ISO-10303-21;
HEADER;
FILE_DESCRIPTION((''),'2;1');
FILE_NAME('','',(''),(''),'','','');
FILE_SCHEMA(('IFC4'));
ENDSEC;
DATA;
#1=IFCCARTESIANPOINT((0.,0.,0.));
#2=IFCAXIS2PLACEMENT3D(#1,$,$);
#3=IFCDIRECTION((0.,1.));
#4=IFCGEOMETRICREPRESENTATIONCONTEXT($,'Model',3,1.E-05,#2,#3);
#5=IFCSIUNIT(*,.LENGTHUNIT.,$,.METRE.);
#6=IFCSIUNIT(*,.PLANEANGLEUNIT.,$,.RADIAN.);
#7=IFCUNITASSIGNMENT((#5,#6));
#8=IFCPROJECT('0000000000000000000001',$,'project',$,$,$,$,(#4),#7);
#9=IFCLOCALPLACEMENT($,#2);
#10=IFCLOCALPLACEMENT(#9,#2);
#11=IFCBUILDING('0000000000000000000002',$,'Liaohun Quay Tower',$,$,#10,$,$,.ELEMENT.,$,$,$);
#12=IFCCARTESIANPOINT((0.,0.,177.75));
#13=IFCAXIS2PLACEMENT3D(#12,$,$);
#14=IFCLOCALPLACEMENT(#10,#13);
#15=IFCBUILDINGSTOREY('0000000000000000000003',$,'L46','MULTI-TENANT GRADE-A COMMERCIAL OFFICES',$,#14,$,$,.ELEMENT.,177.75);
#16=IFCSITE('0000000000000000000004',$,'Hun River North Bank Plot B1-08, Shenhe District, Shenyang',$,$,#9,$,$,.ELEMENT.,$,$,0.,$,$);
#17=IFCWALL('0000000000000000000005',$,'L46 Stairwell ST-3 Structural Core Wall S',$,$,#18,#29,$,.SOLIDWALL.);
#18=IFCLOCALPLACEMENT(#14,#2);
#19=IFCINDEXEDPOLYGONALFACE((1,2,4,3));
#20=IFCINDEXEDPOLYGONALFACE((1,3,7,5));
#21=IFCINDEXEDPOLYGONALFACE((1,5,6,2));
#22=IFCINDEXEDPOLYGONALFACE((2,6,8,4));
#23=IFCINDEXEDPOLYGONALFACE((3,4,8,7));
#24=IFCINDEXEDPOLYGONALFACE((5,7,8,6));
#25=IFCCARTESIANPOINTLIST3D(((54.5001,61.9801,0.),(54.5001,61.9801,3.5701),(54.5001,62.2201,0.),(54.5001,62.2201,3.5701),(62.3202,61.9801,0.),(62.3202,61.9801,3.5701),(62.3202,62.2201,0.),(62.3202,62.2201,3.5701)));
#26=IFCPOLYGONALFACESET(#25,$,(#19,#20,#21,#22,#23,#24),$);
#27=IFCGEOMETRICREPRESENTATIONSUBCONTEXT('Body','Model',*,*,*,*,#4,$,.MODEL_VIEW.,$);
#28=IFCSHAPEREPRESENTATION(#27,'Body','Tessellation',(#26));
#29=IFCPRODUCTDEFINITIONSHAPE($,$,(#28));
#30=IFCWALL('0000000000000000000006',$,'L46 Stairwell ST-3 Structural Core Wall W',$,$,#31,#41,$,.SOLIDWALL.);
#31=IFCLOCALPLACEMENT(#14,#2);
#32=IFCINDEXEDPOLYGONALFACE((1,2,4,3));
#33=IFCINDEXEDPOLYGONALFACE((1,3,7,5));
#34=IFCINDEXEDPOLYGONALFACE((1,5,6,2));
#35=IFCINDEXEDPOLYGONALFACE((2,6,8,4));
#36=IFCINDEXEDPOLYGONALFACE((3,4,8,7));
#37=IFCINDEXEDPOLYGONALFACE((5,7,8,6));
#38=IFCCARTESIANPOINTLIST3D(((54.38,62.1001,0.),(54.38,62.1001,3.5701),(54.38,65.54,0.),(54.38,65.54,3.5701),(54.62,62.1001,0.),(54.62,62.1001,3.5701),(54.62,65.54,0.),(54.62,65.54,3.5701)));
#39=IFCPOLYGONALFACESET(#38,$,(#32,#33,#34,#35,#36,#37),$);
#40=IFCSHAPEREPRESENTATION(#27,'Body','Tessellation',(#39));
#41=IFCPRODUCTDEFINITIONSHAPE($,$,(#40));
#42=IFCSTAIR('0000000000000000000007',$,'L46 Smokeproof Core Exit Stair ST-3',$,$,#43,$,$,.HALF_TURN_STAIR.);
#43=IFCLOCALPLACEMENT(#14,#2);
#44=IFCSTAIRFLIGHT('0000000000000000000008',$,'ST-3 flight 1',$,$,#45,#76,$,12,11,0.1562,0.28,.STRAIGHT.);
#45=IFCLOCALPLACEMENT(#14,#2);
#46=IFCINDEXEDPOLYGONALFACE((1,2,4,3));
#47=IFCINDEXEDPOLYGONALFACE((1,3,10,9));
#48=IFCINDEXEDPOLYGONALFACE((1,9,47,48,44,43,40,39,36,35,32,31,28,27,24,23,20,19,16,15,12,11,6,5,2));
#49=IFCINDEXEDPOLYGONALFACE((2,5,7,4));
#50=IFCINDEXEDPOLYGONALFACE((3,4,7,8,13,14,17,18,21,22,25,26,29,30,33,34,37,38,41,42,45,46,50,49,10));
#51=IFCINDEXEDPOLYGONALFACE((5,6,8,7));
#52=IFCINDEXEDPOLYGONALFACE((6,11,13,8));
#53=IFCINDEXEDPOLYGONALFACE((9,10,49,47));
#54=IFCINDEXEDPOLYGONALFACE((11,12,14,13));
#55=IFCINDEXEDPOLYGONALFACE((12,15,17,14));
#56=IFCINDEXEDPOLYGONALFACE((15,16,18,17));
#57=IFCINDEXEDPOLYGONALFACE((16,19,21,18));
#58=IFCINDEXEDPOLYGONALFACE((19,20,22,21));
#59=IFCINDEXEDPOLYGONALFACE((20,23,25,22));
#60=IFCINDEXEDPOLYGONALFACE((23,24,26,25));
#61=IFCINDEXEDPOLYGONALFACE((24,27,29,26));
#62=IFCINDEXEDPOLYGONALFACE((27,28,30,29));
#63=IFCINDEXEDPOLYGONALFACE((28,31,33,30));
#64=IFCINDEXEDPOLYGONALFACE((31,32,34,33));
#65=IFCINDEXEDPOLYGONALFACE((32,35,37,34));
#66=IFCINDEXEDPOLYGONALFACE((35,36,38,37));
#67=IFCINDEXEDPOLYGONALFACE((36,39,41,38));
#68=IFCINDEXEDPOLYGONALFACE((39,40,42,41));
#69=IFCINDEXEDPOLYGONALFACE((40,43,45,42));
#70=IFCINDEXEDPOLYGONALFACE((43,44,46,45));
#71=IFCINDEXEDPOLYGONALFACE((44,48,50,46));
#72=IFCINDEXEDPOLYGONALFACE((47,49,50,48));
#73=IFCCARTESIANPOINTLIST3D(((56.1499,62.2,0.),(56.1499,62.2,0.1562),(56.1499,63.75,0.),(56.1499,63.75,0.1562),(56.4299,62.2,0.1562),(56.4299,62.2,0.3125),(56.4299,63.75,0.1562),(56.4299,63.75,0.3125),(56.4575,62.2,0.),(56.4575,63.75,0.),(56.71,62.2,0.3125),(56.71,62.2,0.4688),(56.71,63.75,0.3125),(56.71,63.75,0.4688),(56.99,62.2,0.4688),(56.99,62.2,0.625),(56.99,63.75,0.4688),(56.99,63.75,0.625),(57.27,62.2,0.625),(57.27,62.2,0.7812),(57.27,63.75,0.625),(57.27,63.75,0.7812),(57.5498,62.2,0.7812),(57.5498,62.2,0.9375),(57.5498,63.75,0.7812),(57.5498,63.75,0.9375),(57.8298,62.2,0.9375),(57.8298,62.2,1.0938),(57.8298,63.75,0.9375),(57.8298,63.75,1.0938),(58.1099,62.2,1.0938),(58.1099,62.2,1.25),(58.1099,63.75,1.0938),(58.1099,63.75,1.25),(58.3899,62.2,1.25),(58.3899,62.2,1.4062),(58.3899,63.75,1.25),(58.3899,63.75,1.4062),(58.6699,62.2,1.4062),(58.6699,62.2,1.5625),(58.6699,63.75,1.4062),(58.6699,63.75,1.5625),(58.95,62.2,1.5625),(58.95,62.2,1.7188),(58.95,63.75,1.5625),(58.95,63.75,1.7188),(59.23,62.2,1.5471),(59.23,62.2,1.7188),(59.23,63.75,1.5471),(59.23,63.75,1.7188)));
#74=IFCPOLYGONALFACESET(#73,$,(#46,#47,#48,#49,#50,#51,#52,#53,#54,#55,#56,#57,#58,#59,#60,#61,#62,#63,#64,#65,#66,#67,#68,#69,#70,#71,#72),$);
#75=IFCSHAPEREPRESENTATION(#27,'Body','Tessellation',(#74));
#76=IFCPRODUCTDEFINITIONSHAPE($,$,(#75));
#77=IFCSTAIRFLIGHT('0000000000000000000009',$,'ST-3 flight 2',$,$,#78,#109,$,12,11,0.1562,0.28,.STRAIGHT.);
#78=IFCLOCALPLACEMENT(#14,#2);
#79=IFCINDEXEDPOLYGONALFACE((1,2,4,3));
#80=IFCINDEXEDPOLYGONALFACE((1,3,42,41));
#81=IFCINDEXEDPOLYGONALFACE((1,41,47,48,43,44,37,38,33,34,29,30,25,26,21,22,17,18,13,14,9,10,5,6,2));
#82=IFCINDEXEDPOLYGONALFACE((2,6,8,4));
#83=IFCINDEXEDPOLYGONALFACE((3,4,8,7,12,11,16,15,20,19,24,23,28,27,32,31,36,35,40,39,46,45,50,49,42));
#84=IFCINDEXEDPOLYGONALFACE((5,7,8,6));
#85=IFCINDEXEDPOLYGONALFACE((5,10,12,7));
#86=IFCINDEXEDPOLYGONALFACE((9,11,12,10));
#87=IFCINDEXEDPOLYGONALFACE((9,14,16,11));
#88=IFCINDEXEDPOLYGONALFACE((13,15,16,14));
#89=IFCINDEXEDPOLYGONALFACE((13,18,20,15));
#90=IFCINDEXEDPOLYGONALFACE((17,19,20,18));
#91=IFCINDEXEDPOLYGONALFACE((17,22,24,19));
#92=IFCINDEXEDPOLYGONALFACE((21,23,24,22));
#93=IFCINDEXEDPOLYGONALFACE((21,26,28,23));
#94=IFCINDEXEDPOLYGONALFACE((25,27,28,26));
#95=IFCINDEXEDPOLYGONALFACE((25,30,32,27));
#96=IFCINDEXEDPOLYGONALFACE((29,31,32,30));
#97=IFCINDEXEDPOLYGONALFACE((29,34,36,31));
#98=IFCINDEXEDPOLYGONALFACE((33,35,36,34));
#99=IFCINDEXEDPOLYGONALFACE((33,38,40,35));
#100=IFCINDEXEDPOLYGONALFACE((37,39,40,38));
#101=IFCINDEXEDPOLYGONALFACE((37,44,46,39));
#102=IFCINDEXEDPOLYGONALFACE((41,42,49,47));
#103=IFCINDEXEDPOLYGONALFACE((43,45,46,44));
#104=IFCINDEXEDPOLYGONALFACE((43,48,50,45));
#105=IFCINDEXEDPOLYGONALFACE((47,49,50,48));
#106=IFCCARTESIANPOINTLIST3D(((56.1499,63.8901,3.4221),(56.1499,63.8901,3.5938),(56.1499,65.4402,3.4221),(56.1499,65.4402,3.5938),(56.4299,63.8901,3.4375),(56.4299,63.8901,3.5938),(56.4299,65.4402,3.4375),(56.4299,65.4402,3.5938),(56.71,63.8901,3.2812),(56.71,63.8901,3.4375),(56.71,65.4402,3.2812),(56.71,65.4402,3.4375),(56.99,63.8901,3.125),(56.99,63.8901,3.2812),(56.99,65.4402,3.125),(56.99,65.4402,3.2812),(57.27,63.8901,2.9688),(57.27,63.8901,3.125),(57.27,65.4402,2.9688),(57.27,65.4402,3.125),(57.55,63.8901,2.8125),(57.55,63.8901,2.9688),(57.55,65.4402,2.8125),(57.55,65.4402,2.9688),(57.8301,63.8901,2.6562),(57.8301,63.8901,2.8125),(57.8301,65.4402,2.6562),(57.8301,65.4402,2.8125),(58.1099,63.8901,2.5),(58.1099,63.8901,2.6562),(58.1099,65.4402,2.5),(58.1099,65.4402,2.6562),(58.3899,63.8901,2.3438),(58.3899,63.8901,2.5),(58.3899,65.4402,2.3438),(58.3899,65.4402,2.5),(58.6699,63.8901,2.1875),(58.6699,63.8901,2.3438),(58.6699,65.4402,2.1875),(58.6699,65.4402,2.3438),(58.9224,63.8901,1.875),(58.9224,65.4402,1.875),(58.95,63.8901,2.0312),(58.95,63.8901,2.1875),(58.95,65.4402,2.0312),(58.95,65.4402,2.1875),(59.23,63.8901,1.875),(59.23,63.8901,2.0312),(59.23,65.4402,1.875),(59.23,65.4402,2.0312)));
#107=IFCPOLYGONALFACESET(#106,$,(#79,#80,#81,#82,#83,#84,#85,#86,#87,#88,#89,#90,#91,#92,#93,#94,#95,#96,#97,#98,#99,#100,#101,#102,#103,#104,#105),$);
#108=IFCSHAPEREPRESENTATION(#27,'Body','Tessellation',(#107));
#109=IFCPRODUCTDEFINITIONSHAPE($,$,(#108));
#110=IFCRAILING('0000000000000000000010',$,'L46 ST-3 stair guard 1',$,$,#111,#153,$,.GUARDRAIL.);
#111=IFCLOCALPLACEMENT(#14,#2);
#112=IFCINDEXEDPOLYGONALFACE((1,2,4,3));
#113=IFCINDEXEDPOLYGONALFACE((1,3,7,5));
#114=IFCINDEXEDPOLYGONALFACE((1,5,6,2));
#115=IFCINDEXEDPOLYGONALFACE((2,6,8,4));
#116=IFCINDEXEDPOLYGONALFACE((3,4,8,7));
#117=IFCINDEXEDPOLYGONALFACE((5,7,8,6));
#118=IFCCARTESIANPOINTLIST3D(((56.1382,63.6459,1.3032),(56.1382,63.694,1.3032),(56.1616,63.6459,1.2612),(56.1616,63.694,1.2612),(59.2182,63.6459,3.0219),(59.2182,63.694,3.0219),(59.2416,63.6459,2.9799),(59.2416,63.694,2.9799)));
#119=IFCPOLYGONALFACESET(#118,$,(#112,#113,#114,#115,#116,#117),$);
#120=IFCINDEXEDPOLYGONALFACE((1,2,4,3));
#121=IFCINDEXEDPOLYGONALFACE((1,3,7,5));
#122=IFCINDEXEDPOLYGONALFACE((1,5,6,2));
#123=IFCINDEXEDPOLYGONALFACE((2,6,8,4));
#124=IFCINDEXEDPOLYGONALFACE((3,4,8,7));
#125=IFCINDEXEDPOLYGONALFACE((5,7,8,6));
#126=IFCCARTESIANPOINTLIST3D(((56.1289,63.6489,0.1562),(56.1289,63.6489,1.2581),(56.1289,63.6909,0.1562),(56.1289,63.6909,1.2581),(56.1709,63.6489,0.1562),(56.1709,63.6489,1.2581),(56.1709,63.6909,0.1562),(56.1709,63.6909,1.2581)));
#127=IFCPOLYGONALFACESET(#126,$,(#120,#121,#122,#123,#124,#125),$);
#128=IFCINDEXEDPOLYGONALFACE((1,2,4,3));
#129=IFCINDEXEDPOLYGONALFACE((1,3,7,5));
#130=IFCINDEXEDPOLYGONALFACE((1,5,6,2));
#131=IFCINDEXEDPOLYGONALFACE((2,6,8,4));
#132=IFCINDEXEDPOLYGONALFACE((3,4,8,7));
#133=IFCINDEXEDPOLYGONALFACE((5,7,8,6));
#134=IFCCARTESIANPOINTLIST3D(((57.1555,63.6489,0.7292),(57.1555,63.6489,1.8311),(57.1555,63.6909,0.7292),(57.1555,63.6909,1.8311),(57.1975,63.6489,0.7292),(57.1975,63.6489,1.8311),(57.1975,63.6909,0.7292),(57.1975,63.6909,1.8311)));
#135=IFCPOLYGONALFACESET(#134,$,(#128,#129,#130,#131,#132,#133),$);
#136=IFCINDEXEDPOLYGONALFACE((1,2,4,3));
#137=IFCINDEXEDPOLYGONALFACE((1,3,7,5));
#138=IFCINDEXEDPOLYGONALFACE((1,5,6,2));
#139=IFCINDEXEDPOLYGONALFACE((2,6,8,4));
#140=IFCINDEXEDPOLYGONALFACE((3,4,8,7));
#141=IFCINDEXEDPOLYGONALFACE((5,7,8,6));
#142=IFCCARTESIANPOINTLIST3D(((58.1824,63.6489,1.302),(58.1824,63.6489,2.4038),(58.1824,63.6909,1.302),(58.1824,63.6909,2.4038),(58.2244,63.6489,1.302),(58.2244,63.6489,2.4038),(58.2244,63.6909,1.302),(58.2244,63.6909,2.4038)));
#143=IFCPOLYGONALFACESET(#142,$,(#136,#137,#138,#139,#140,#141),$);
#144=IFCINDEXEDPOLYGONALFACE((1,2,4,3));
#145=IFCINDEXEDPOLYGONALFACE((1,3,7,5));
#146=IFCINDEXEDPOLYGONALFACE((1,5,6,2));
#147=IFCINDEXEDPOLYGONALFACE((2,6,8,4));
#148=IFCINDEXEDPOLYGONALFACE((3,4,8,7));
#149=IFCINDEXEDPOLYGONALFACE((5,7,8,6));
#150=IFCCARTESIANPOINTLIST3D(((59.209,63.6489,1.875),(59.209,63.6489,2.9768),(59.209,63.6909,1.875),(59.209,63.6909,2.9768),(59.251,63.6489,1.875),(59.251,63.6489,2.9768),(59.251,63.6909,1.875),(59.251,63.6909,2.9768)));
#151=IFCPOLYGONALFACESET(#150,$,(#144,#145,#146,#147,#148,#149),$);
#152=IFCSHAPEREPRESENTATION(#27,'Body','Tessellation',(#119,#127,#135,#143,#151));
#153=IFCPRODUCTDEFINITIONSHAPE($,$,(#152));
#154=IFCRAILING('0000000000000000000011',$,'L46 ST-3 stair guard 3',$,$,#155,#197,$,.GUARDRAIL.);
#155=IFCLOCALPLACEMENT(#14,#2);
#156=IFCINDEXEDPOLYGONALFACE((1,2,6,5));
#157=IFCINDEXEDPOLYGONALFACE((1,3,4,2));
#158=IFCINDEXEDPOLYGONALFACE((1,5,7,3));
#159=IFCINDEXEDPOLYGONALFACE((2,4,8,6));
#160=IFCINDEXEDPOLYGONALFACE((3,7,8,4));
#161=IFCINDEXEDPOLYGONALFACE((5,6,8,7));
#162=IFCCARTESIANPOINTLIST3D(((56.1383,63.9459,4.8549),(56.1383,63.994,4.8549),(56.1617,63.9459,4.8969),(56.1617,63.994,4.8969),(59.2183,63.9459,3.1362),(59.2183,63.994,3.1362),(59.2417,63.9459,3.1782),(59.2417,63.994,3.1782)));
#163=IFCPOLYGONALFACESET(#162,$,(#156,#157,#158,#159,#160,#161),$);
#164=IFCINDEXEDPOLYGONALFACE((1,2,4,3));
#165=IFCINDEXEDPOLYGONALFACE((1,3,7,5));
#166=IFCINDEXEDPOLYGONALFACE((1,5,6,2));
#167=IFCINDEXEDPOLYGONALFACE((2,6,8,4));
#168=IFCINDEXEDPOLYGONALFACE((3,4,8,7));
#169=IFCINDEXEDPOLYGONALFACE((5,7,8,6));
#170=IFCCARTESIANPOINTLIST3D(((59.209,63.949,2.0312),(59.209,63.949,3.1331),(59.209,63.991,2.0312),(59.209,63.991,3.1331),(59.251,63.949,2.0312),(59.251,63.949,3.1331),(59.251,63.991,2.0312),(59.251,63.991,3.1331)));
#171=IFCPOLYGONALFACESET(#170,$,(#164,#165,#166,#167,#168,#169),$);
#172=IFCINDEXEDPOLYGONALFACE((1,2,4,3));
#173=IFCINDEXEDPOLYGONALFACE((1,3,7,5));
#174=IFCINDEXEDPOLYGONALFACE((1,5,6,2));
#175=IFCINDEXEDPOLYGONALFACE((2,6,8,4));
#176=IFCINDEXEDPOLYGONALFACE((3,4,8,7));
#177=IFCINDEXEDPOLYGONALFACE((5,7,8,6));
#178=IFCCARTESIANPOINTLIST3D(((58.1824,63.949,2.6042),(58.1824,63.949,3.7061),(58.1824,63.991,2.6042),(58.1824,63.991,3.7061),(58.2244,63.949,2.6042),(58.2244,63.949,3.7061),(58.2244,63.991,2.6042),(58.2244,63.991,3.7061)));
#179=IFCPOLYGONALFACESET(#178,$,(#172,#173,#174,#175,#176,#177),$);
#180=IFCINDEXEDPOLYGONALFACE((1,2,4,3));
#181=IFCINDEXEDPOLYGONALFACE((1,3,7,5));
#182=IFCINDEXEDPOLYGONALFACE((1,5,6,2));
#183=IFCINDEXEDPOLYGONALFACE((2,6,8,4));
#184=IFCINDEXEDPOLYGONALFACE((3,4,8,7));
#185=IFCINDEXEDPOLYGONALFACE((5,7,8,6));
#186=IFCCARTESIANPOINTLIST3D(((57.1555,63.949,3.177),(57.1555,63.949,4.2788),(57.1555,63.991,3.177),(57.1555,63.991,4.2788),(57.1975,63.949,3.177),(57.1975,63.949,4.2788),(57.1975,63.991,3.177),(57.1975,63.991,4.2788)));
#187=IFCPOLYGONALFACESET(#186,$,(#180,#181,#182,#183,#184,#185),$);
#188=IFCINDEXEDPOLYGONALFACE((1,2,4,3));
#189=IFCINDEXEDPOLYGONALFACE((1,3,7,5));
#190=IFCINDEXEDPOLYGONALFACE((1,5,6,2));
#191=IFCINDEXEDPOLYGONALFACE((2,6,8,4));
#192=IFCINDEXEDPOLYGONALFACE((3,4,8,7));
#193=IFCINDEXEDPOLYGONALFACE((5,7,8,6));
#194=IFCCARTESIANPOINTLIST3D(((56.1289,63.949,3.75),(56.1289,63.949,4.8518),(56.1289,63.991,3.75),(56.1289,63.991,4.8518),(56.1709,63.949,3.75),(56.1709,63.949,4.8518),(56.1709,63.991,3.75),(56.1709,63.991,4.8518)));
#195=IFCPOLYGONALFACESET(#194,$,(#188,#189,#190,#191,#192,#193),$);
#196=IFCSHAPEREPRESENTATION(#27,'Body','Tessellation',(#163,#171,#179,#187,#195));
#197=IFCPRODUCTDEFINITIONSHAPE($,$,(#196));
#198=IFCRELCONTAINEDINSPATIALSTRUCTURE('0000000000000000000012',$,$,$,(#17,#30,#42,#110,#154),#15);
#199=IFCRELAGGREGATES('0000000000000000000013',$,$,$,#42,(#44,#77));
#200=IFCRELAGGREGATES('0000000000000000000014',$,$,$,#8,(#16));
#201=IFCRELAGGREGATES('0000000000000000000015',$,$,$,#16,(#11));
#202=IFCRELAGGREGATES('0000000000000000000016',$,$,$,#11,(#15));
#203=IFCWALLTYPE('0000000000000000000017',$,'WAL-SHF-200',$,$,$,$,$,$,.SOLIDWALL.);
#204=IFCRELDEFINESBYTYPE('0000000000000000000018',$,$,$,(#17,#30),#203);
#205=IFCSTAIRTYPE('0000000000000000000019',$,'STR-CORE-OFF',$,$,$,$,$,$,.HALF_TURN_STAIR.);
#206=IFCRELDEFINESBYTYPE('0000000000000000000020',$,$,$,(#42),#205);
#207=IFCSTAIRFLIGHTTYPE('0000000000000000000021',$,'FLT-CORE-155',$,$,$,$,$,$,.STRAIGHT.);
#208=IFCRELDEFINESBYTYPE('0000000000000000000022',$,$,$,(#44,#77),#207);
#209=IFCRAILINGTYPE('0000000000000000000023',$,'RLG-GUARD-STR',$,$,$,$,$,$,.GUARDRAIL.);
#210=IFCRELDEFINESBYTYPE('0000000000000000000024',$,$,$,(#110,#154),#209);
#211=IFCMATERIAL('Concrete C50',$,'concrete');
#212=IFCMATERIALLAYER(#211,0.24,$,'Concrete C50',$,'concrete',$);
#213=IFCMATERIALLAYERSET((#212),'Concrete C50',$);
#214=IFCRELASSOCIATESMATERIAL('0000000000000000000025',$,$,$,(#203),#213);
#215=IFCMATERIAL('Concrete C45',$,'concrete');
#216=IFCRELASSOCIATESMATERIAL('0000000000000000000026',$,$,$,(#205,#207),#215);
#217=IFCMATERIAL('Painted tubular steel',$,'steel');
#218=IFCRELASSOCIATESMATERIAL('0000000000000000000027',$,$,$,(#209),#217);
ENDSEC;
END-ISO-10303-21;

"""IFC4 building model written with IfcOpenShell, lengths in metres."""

from ifc_helpers import new_model, si_unit, direction, frame, frame_2d, origin, origin_2d, place, context, subcontext, project, spatial, polyline, rectangle, outline, extrude, material, layer, layer_set, type_object, element, aggregate, save


model = new_model("IFC4")

# Units and contexts
model_context = context("Model", 3, precision=1e-05, world=origin(), true_north=direction((0.0, 1.0)))
body_context = subcontext(model_context, "Body", "Model", "MODEL_VIEW")
ifc_project = project(units=[si_unit("LENGTHUNIT", "METRE"), si_unit("PLANEANGLEUNIT", "RADIAN")], contexts=[model_context])

# Site, building, storey
site_placement = place(None, origin())
site = spatial("IfcSite", under=ifc_project, at=site_placement, Name="Hun River North Bank Plot B1-08, Shenhe District, Shenyang", CompositionType="ELEMENT", RefElevation=0.0)
building_placement = place(site_placement, origin())
building = spatial("IfcBuilding", under=site, at=building_placement, Name="Liaohun Quay Tower", CompositionType="ELEMENT")
storey_placement = place(building_placement, frame((0.0, 0.0, 177.75)))
storey = spatial("IfcBuildingStorey", under=building, at=storey_placement, Name="L46", Description="MULTI-TENANT GRADE-A COMMERCIAL OFFICES", CompositionType="ELEMENT", Elevation=177.75)

# Walls
ifc_material_1 = material(Name="Concrete C50", Category="concrete")
ifc_layer_1 = layer(ifc_material_1, 0.24, Name="Concrete C50", Category="concrete")
ifc_layer_set_1 = layer_set([ifc_layer_1], Name="Concrete C50")
wall_type_1 = type_object("IfcWallType", Name="WAL-SHF-200", PredefinedType="SOLIDWALL", material=ifc_layer_set_1)
wall_1_placement = place(storey_placement, frame((54.5, 62.1001, 0.0), z_axis=(0.0, 0.0, 1.0), x_axis=(1.0, 0.0, 0.0)))
element("IfcWall", 1, at=wall_1_placement, inside=storey, type_object=wall_type_1, Name="L46 Stairwell ST-3 Structural Core Wall S", PredefinedType="SOLIDWALL", context=body_context, shape_type="SweptSolid", body=[
    extrude(rectangle(XDim=7.8201, YDim=0.24, at=frame_2d((3.9102, 0.0))), origin(), (0.0, 0.0, 1.0), 3.5701),
])
wall_2_placement = place(storey_placement, frame((54.5, 65.54, 0.0), z_axis=(0.0, 0.0, 1.0), x_axis=(0.0, -1.0, 0.0)))
element("IfcWall", 2, at=wall_2_placement, inside=storey, type_object=wall_type_1, Name="L46 Stairwell ST-3 Structural Core Wall W", PredefinedType="SOLIDWALL", context=body_context, shape_type="SweptSolid", body=[
    extrude(rectangle(XDim=3.4399, YDim=0.24, at=frame_2d((1.72, 0.0))), origin(), (0.0, 0.0, 1.0), 3.5701),
])

# Stair, stair flights
ifc_material_2 = material(Name="Concrete C45", Category="concrete")
stair_type = type_object("IfcStairType", Name="STR-CORE-OFF", PredefinedType="HALF_TURN_STAIR", material=ifc_material_2)
stair_placement = place(storey_placement, origin())
stair = element("IfcStair", 3, at=stair_placement, inside=storey, type_object=stair_type, Name="L46 Smokeproof Core Exit Stair ST-3", PredefinedType="HALF_TURN_STAIR")
stair_flight_type = type_object("IfcStairFlightType", Name="FLT-CORE-155", PredefinedType="STRAIGHT", material=ifc_material_2)
stair_flight_1_placement = place(storey_placement, frame((56.1499, 62.9751, 0.0), z_axis=(0.0, 0.0, 1.0), x_axis=(1.0, 0.0, 0.0)))
stair_flight_1 = element("IfcStairFlight", 4, at=stair_flight_1_placement, type_object=stair_flight_type, Name="ST-3 flight 1", NumberOfRisers=12, NumberOfTreads=11, PredefinedType="STRAIGHT", RiserHeight=0.1562, TreadLength=0.28, context=body_context, shape_type="SweptSolid", body=[
    extrude(outline(polyline([(0.0, 0.0), (0.0, 0.1562), (0.28, 0.1562), (0.28, 0.3125), (0.5601, 0.3125), (0.5601, 0.4688), (0.8401, 0.4688), (0.8401, 0.625), (1.1201, 0.625), (1.1201, 0.7812), (1.3999, 0.7812), (1.3999, 0.9375), (1.6799, 0.9375), (1.6799, 1.0938), (1.96, 1.0938), (1.96, 1.25), (2.24, 1.25), (2.24, 1.4062), (2.52, 1.4062), (2.52, 1.5625), (2.8, 1.5625), (2.8, 1.7188), (3.0801, 1.7188), (3.0801, 1.875), (3.0801, 1.5471), (0.3076, 0.0), (0.0, 0.0)])), frame((0.0, 0.7749, 0.0), z_axis=(0.0, -1.0, 0.0), x_axis=(1.0, 0.0, 0.0)), (0.0, 0.0, 1.0), 1.55),
])
stair_flight_2_placement = place(storey_placement, frame((59.23, 64.665, 1.875), z_axis=(0.0, 0.0, 1.0), x_axis=(-1.0, 0.0, 0.0)))
stair_flight_2 = element("IfcStairFlight", 5, at=stair_flight_2_placement, type_object=stair_flight_type, Name="ST-3 flight 2", NumberOfRisers=12, NumberOfTreads=11, PredefinedType="STRAIGHT", RiserHeight=0.1562, TreadLength=0.28, context=body_context, shape_type="SweptSolid", body=[
    extrude(outline(polyline([(0.0, 0.0), (0.0, 0.1562), (0.28, 0.1562), (0.28, 0.3125), (0.5601, 0.3125), (0.5601, 0.4688), (0.8401, 0.4688), (0.8401, 0.625), (1.1201, 0.625), (1.1201, 0.7812), (1.3999, 0.7812), (1.3999, 0.9375), (1.6799, 0.9375), (1.6799, 1.0938), (1.96, 1.0938), (1.96, 1.25), (2.24, 1.25), (2.24, 1.4062), (2.52, 1.4062), (2.52, 1.5625), (2.8, 1.5625), (2.8, 1.7188), (3.0801, 1.7188), (3.0801, 1.875), (3.0801, 1.5471), (0.3076, 0.0), (0.0, 0.0)])), frame((0.0, 0.7749, 0.0), z_axis=(0.0, -1.0, 0.0), x_axis=(1.0, 0.0, 0.0)), (0.0, 0.0, 1.0), 1.55),
])
aggregate(stair, [stair_flight_1, stair_flight_2])

# Railings
ifc_material_3 = material(Name="Painted tubular steel", Category="steel")
railing_type_1 = type_object("IfcRailingType", Name="RLG-GUARD-STR", PredefinedType="GUARDRAIL", material=ifc_material_3)
railing_1_placement = place(storey_placement, frame((56.1499, 63.6699, 0.1562)))
element("IfcRailing", 6, at=railing_1_placement, inside=storey, type_object=railing_type_1, Name="L46 ST-3 stair guard 1", PredefinedType="GUARDRAIL", context=body_context, shape_type="SweptSolid", body=[
    extrude(rectangle(XDim=0.0481, YDim=0.0481, at=origin_2d()), frame((0.0, 0.0, 1.126), z_axis=(0.873242, 0.0, 0.487288), x_axis=(0.0, 1.0, 0.0)), (0.0, 0.0, 1.0), 3.5271),
    extrude(rectangle(XDim=0.042, YDim=0.042, at=origin_2d()), origin(), (0.0, 0.0, 1.0), 1.1018),
    extrude(rectangle(XDim=0.042, YDim=0.042, at=origin_2d()), frame((1.0266, 0.0, 0.573)), (0.0, 0.0, 1.0), 1.1018),
    extrude(rectangle(XDim=0.042, YDim=0.042, at=origin_2d()), frame((2.0535, 0.0, 1.1458)), (0.0, 0.0, 1.0), 1.1018),
    extrude(rectangle(XDim=0.042, YDim=0.042, at=origin_2d()), frame((3.0801, 0.0, 1.7188)), (0.0, 0.0, 1.0), 1.1018),
])
railing_2_placement = place(storey_placement, frame((59.23, 63.97, 2.0312)))
element("IfcRailing", 7, at=railing_2_placement, inside=storey, type_object=railing_type_1, Name="L46 ST-3 stair guard 3", PredefinedType="GUARDRAIL", context=body_context, shape_type="SweptSolid", body=[
    extrude(rectangle(XDim=0.0481, YDim=0.0481, at=origin_2d()), frame((0.0, 0.0, 1.126), z_axis=(-0.873242, 0.0, 0.487288), x_axis=(0.0, -1.0, 0.0)), (0.0, 0.0, 1.0), 3.5271),
    extrude(rectangle(XDim=0.042, YDim=0.042, at=origin_2d()), origin(), (0.0, 0.0, 1.0), 1.1018),
    extrude(rectangle(XDim=0.042, YDim=0.042, at=origin_2d()), frame((-1.0266, 0.0, 0.573)), (0.0, 0.0, 1.0), 1.1018),
    extrude(rectangle(XDim=0.042, YDim=0.042, at=origin_2d()), frame((-2.0535, 0.0, 1.1458)), (0.0, 0.0, 1.0), 1.1018),
    extrude(rectangle(XDim=0.042, YDim=0.042, at=origin_2d()), frame((-3.0801, 0.0, 1.7188)), (0.0, 0.0, 1.0), 1.1018),
])

save(model, "model.ifc")
